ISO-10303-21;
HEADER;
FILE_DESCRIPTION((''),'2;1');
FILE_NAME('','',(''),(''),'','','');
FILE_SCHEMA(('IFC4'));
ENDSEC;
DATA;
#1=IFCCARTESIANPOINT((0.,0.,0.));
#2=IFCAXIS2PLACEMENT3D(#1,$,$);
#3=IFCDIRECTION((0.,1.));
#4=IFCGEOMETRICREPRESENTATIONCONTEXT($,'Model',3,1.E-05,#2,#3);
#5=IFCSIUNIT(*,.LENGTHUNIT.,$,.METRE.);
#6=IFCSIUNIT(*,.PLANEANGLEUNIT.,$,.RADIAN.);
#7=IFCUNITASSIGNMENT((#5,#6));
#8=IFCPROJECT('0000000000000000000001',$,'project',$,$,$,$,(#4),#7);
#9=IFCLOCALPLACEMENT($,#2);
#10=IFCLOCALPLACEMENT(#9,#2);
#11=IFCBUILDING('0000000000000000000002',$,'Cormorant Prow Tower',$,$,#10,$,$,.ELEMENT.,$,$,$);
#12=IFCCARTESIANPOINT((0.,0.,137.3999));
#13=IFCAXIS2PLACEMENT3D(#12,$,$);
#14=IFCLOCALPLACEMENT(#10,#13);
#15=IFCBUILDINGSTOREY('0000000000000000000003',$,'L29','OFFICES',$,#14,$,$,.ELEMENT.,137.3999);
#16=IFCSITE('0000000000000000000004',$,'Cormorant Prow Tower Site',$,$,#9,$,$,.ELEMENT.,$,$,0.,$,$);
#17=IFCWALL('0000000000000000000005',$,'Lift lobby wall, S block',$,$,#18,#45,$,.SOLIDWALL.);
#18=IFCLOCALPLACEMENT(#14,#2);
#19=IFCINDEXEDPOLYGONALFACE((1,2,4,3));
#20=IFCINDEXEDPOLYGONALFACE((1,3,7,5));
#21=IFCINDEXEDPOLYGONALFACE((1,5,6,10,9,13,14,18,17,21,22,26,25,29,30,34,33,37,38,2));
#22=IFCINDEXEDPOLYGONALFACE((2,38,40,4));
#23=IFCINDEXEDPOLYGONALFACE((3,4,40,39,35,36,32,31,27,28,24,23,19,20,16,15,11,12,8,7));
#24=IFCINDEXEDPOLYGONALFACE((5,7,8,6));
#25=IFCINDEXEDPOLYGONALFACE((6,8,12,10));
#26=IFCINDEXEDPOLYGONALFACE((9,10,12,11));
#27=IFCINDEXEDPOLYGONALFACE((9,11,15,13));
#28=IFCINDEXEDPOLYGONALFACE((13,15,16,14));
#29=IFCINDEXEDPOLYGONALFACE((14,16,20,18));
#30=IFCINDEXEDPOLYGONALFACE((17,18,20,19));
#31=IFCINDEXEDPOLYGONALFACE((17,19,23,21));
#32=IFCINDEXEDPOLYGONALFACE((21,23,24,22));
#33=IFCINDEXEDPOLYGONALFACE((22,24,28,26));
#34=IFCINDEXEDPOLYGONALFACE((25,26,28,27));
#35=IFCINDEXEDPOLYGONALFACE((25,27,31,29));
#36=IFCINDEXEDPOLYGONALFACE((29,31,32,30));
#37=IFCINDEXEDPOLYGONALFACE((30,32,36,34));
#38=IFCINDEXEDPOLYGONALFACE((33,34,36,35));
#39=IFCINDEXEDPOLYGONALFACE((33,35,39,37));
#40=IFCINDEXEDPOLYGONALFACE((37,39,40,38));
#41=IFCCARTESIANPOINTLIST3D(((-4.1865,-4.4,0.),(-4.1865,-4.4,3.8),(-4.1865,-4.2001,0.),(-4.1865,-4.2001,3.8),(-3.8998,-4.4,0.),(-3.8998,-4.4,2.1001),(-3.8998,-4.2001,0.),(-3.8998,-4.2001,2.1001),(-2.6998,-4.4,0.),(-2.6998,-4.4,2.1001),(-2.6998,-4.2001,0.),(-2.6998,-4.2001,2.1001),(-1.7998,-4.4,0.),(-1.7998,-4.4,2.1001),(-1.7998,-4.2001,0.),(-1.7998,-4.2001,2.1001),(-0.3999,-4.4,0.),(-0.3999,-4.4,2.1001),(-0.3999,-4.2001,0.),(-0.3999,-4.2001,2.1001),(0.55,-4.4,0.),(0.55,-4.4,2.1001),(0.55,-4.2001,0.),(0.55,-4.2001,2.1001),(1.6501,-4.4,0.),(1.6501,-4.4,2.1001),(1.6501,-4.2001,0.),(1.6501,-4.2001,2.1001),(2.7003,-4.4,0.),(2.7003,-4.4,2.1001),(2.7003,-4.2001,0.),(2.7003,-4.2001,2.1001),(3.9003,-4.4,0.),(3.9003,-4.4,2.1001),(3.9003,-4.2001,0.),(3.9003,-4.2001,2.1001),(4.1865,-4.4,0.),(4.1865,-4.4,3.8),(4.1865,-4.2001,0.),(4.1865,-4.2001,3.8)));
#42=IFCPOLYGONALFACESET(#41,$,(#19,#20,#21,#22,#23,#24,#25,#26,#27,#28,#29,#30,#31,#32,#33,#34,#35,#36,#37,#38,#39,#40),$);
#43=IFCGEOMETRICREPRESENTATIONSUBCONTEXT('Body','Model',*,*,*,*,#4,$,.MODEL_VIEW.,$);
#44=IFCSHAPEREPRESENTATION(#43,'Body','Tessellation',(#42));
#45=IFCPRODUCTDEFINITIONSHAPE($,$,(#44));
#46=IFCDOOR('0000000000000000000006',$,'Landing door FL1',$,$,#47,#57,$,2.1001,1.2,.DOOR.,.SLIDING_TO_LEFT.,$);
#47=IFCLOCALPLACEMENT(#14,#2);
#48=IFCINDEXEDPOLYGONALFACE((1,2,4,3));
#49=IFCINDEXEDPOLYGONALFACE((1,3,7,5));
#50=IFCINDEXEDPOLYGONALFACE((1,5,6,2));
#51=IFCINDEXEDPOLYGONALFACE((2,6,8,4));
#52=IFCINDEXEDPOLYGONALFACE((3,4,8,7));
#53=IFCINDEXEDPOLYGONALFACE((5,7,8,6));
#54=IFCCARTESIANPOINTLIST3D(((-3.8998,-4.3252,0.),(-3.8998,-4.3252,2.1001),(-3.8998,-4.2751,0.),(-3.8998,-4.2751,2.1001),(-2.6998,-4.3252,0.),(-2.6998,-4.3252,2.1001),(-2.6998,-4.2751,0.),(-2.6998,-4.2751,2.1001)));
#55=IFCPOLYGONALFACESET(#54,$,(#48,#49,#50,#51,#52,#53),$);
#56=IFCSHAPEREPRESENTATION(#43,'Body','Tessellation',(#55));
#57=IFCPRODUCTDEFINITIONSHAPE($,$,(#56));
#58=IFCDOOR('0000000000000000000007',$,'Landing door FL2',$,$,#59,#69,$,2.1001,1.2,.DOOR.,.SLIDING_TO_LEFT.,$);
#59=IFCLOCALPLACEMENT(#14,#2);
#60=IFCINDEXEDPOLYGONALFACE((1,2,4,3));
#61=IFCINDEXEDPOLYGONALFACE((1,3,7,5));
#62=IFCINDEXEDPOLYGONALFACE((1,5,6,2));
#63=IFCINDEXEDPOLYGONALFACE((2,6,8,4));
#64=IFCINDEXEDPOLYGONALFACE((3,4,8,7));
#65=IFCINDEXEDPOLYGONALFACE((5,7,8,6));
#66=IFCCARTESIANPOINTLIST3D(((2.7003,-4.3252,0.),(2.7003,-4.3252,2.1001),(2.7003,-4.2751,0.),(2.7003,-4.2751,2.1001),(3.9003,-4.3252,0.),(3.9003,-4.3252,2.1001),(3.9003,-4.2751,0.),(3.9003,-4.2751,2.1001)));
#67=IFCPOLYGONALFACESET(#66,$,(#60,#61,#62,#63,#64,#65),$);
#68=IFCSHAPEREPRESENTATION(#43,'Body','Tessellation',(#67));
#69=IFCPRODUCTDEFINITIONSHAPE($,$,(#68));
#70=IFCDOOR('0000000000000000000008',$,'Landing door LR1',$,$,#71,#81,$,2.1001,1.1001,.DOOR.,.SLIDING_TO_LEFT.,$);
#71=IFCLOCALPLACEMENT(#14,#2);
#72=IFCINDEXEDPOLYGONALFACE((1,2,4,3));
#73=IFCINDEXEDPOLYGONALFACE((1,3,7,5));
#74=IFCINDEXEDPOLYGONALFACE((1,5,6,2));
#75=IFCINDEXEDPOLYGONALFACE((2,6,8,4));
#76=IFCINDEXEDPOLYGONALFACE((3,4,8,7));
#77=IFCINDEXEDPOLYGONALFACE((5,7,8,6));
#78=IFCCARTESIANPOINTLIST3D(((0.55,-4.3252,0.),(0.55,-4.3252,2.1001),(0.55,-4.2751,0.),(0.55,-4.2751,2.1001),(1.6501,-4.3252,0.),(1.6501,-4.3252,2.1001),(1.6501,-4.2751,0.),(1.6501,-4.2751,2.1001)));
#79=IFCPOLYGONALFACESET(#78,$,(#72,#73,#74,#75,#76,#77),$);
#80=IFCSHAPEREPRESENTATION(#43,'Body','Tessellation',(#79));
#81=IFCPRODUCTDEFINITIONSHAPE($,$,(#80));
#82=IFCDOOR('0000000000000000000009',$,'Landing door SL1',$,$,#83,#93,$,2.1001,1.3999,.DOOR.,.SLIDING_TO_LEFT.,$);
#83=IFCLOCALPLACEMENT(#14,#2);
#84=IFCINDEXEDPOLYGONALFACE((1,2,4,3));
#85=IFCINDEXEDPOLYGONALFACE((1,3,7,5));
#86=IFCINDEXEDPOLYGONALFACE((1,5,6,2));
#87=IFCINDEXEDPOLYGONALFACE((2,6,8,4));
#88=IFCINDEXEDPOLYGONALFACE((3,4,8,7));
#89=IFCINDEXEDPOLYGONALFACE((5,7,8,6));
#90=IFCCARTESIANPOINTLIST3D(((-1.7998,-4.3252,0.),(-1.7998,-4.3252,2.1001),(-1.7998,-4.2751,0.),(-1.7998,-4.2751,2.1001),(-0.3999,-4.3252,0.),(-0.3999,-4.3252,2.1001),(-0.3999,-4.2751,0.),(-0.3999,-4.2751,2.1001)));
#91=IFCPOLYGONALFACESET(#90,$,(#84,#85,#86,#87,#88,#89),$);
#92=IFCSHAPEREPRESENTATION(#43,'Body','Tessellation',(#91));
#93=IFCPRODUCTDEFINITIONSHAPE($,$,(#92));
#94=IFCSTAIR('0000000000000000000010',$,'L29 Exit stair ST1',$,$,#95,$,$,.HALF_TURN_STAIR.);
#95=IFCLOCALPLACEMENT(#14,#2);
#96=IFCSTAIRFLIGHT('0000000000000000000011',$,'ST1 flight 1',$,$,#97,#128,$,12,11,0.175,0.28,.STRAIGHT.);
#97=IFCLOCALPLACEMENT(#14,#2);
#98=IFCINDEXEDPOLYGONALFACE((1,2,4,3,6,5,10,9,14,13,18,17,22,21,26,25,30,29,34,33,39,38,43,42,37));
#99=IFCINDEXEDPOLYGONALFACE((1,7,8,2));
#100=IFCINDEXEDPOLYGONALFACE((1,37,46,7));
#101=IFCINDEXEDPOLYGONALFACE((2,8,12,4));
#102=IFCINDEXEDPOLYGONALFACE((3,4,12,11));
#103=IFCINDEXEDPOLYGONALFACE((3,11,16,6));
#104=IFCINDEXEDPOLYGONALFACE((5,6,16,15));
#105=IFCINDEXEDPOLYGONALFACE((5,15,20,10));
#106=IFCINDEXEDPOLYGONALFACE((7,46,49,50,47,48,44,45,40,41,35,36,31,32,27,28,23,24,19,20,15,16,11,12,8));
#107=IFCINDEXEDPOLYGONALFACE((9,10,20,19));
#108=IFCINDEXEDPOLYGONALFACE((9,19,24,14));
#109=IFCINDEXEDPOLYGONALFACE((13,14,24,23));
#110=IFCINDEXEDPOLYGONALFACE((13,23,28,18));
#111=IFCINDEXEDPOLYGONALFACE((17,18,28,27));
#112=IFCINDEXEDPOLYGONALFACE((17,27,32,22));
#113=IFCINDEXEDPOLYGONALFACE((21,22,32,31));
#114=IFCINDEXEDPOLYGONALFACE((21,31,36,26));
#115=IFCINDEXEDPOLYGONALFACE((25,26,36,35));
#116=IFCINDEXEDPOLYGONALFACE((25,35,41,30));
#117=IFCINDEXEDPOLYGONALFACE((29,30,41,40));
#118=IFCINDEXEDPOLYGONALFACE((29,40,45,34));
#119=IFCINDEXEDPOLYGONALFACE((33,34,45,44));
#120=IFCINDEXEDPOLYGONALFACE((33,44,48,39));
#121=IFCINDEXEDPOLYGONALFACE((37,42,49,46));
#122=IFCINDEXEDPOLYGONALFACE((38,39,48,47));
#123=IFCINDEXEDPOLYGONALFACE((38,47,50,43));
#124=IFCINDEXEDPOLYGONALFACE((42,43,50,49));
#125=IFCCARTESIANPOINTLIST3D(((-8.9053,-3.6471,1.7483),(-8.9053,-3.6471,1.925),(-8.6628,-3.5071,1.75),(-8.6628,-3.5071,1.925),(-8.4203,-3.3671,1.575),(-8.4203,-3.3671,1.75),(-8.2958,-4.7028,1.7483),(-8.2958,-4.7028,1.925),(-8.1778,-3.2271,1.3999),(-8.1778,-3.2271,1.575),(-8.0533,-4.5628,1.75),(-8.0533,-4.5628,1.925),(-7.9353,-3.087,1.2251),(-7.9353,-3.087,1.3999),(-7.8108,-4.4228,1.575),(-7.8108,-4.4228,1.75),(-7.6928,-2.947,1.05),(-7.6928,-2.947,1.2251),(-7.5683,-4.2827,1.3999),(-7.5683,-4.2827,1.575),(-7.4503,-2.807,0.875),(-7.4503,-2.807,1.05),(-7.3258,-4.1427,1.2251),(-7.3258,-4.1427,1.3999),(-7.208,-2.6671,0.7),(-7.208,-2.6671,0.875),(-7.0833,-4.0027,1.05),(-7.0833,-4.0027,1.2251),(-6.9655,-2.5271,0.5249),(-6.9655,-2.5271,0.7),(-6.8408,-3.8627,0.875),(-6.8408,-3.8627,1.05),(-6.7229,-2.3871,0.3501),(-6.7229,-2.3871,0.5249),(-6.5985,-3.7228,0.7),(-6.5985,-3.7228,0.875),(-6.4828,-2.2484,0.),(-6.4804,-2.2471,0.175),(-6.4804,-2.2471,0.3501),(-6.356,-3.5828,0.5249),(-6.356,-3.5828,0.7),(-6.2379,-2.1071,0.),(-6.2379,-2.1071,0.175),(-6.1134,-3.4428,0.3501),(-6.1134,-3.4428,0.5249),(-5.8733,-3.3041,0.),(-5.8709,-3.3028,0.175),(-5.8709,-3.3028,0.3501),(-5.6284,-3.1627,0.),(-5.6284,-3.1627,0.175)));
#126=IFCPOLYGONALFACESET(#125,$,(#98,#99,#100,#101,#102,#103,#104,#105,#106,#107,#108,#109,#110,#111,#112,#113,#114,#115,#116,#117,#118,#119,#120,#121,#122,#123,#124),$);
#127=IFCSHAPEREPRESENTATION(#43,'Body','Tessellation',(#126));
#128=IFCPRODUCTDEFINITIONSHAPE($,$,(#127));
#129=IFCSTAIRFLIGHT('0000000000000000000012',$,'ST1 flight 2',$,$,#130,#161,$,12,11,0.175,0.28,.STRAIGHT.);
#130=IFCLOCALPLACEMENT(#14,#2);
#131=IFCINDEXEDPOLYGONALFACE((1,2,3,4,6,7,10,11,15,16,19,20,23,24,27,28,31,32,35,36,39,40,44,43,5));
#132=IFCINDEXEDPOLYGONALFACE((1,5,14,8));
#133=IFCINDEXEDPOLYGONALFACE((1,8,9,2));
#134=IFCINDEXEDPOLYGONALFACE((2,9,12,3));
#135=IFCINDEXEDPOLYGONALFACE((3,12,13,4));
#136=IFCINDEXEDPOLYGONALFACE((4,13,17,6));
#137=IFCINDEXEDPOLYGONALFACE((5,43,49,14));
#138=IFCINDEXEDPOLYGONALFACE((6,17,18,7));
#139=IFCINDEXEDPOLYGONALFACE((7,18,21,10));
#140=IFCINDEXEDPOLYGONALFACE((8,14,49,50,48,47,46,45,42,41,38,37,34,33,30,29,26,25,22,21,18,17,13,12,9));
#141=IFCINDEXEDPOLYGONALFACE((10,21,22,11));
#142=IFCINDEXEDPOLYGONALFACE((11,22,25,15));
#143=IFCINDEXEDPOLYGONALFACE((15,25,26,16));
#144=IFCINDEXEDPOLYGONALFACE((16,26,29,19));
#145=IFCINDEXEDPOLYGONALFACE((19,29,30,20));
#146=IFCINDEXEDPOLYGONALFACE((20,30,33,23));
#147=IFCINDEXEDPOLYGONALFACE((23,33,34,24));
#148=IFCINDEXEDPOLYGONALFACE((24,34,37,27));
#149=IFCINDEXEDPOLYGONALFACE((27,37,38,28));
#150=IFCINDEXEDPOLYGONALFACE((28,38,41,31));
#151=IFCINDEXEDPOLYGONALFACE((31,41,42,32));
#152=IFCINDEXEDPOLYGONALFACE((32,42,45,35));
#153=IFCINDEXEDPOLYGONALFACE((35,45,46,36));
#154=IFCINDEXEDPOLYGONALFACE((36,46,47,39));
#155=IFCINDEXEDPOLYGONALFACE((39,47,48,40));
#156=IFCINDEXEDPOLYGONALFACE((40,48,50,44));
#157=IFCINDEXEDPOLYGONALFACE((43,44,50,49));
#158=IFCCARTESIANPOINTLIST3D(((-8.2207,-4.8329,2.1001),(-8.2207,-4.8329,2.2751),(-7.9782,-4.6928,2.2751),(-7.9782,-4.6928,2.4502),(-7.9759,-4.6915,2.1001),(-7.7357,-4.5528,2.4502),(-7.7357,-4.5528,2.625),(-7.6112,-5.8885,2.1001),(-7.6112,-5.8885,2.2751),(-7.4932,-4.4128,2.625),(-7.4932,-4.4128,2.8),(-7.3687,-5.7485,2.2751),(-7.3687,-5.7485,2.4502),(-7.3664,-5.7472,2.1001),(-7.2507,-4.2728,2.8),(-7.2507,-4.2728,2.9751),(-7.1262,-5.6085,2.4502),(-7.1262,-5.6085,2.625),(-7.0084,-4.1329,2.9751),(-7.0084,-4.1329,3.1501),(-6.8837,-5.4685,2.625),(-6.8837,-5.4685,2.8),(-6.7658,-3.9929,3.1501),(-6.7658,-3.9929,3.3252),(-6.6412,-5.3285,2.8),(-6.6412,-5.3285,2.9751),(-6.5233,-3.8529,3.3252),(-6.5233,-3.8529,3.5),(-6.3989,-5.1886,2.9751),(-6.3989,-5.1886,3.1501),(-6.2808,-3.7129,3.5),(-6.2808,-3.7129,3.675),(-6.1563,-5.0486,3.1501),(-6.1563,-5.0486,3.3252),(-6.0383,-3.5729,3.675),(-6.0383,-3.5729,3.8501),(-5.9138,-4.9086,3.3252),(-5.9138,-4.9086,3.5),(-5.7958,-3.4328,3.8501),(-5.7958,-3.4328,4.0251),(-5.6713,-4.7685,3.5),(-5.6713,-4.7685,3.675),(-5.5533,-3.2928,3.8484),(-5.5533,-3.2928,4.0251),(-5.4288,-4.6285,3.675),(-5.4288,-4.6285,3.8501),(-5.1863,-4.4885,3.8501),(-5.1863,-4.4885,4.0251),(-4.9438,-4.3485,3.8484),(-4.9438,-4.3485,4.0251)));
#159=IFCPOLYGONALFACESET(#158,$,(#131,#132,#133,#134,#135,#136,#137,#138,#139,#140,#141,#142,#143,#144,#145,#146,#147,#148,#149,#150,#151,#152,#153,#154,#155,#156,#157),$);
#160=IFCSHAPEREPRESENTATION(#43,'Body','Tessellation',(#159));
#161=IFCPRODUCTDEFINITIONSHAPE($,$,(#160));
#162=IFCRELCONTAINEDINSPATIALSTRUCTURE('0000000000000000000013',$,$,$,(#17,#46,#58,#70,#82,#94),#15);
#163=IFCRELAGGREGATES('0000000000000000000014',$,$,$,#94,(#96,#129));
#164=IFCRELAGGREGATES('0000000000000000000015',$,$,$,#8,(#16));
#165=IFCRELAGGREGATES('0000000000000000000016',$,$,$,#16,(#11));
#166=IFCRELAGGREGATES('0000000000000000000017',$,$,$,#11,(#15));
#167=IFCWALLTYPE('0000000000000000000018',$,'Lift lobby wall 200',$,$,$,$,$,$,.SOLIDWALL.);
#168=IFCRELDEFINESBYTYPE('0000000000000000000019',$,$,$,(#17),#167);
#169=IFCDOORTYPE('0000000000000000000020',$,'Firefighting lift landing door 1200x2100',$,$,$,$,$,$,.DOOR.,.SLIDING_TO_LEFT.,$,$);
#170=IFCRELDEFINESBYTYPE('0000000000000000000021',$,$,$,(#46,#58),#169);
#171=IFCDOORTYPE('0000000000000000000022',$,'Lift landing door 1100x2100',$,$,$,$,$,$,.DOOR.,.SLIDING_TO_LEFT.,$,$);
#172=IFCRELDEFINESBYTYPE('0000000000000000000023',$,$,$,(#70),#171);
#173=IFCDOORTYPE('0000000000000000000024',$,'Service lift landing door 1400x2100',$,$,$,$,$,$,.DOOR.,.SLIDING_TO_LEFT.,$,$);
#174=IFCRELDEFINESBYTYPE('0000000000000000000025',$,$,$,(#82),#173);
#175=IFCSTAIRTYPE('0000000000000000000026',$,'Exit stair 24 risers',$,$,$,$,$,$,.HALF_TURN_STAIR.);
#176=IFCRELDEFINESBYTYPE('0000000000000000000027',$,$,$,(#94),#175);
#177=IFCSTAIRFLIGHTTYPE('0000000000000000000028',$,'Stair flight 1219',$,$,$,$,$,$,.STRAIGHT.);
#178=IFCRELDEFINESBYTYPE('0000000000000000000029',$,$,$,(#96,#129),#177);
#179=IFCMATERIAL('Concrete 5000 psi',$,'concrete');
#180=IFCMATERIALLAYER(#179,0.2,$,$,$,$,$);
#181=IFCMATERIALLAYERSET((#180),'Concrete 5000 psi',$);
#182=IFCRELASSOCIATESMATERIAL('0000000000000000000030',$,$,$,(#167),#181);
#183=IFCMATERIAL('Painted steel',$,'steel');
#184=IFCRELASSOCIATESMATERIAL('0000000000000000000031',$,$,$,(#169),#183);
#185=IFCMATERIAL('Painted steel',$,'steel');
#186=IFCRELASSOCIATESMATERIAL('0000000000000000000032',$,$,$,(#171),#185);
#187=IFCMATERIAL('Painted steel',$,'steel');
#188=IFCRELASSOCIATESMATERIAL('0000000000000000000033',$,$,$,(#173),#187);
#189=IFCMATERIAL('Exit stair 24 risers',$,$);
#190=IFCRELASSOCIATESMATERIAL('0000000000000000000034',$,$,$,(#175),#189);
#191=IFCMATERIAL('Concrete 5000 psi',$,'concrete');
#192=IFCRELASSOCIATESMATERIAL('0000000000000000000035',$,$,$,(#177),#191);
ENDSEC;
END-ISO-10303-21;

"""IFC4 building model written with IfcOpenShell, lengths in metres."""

from ifc_helpers import new_model, si_unit, direction, frame, frame_2d, origin, place, context, subcontext, project, spatial, polyline, rectangle, outline, extrude, material, layer, layer_set, type_object, element, fill, aggregate, save


model = new_model("IFC4")

# Units and contexts
model_context = context("Model", 3, precision=1e-05, world=origin(), true_north=direction((0.0, 1.0)))
body_context = subcontext(model_context, "Body", "Model", "MODEL_VIEW")
ifc_project = project(units=[si_unit("LENGTHUNIT", "METRE"), si_unit("PLANEANGLEUNIT", "RADIAN")], contexts=[model_context])

# Site, building, storey
site_placement = place(None, origin())
site = spatial("IfcSite", under=ifc_project, at=site_placement, Name="Cormorant Prow Tower Site", CompositionType="ELEMENT", RefElevation=0.0)
building_placement = place(site_placement, origin())
building = spatial("IfcBuilding", under=site, at=building_placement, Name="Cormorant Prow Tower", CompositionType="ELEMENT")
storey_placement = place(building_placement, frame((0.0, 0.0, 137.3999)))
storey = spatial("IfcBuildingStorey", under=building, at=storey_placement, Name="L29", Description="OFFICES", CompositionType="ELEMENT", Elevation=137.3999)

# Wall, openings, doors
ifc_material_1 = material(Name="Concrete 5000 psi", Category="concrete")
ifc_layer_1 = layer(ifc_material_1, 0.2)
ifc_layer_set_1 = layer_set([ifc_layer_1], Name="Concrete 5000 psi")
wall_type_1 = type_object("IfcWallType", Name="Lift lobby wall 200", PredefinedType="SOLIDWALL", material=ifc_layer_set_1)
wall_1_placement = place(storey_placement, frame((-4.1865, -4.3, 0.0), z_axis=(0.0, 0.0, 1.0), x_axis=(1.0, 0.0, 0.0)))
wall_1 = element("IfcWall", 1, at=wall_1_placement, inside=storey, type_object=wall_type_1, Name="Lift lobby wall, S block", PredefinedType="SOLIDWALL", context=body_context, shape_type="SweptSolid", body=[
    extrude(rectangle(XDim=8.373, YDim=0.2, at=frame_2d((4.1865, 0.0))), origin(), (0.0, 0.0, 1.0), 3.8),
])
opening_1_placement = place(wall_1_placement, frame((0.2866, 0.0, 0.0)))
opening_1 = element("IfcOpeningElement", 2, at=opening_1_placement, cuts=wall_1, PredefinedType="OPENING", context=body_context, shape_type="SweptSolid", body=[
    extrude(rectangle(XDim=1.2, YDim=2.1001, at=frame_2d((0.6001, 1.05))), frame((0.0, 0.1099, 0.0), z_axis=(0.0, -1.0, 0.0), x_axis=(1.0, 0.0, 0.0)), (0.0, 0.0, 1.0), 0.22),
])
opening_2_placement = place(wall_1_placement, frame((2.3867, 0.0, 0.0)))
opening_2 = element("IfcOpeningElement", 3, at=opening_2_placement, cuts=wall_1, PredefinedType="OPENING", context=body_context, shape_type="SweptSolid", body=[
    extrude(rectangle(XDim=1.3999, YDim=2.1001, at=frame_2d((0.7, 1.05))), frame((0.0, 0.1099, 0.0), z_axis=(0.0, -1.0, 0.0), x_axis=(1.0, 0.0, 0.0)), (0.0, 0.0, 1.0), 0.22),
])
opening_3_placement = place(wall_1_placement, frame((4.7366, 0.0, 0.0)))
opening_3 = element("IfcOpeningElement", 4, at=opening_3_placement, cuts=wall_1, PredefinedType="OPENING", context=body_context, shape_type="SweptSolid", body=[
    extrude(rectangle(XDim=1.1001, YDim=2.1001, at=frame_2d((0.55, 1.05))), frame((0.0, 0.1099, 0.0), z_axis=(0.0, -1.0, 0.0), x_axis=(1.0, 0.0, 0.0)), (0.0, 0.0, 1.0), 0.22),
])
opening_4_placement = place(wall_1_placement, frame((6.8867, 0.0, 0.0)))
opening_4 = element("IfcOpeningElement", 5, at=opening_4_placement, cuts=wall_1, PredefinedType="OPENING", context=body_context, shape_type="SweptSolid", body=[
    extrude(rectangle(XDim=1.2, YDim=2.1001, at=frame_2d((0.6001, 1.05))), frame((0.0, 0.1099, 0.0), z_axis=(0.0, -1.0, 0.0), x_axis=(1.0, 0.0, 0.0)), (0.0, 0.0, 1.0), 0.22),
])
ifc_material_2 = material(Name="Painted steel", Category="steel")
door_type_1 = type_object("IfcDoorType", Name="Firefighting lift landing door 1200x2100", OperationType="SLIDING_TO_LEFT", PredefinedType="DOOR", material=ifc_material_2)
door_1_placement = place(opening_1_placement, origin())
door_1 = element("IfcDoor", 6, at=door_1_placement, inside=storey, type_object=door_type_1, Name="Landing door FL1", OperationType="SLIDING_TO_LEFT", OverallHeight=2.1001, OverallWidth=1.2, PredefinedType="DOOR", context=body_context, shape_type="SweptSolid", body=[
    extrude(rectangle(XDim=1.2, YDim=2.1001, at=frame_2d((0.6001, 1.05))), frame((0.0, 0.0249, 0.0), z_axis=(0.0, -1.0, 0.0), x_axis=(1.0, 0.0, 0.0)), (0.0, 0.0, 1.0), 0.05),
])
fill(opening_1, door_1)
door_2_placement = place(opening_4_placement, origin())
door_2 = element("IfcDoor", 7, at=door_2_placement, inside=storey, type_object=door_type_1, Name="Landing door FL2", OperationType="SLIDING_TO_LEFT", OverallHeight=2.1001, OverallWidth=1.2, PredefinedType="DOOR", context=body_context, shape_type="SweptSolid", body=[
    extrude(rectangle(XDim=1.2, YDim=2.1001, at=frame_2d((0.6001, 1.05))), frame((0.0, 0.0249, 0.0), z_axis=(0.0, -1.0, 0.0), x_axis=(1.0, 0.0, 0.0)), (0.0, 0.0, 1.0), 0.05),
])
fill(opening_4, door_2)
ifc_material_3 = material(Name="Painted steel", Category="steel")
door_type_2 = type_object("IfcDoorType", Name="Lift landing door 1100x2100", OperationType="SLIDING_TO_LEFT", PredefinedType="DOOR", material=ifc_material_3)
door_3_placement = place(opening_3_placement, origin())
door_3 = element("IfcDoor", 8, at=door_3_placement, inside=storey, type_object=door_type_2, Name="Landing door LR1", OperationType="SLIDING_TO_LEFT", OverallHeight=2.1001, OverallWidth=1.1001, PredefinedType="DOOR", context=body_context, shape_type="SweptSolid", body=[
    extrude(rectangle(XDim=1.1001, YDim=2.1001, at=frame_2d((0.55, 1.05))), frame((0.0, 0.0249, 0.0), z_axis=(0.0, -1.0, 0.0), x_axis=(1.0, 0.0, 0.0)), (0.0, 0.0, 1.0), 0.05),
])
fill(opening_3, door_3)
ifc_material_4 = material(Name="Painted steel", Category="steel")
door_type_3 = type_object("IfcDoorType", Name="Service lift landing door 1400x2100", OperationType="SLIDING_TO_LEFT", PredefinedType="DOOR", material=ifc_material_4)
door_4_placement = place(opening_2_placement, origin())
door_4 = element("IfcDoor", 9, at=door_4_placement, inside=storey, type_object=door_type_3, Name="Landing door SL1", OperationType="SLIDING_TO_LEFT", OverallHeight=2.1001, OverallWidth=1.3999, PredefinedType="DOOR", context=body_context, shape_type="SweptSolid", body=[
    extrude(rectangle(XDim=1.3999, YDim=2.1001, at=frame_2d((0.7, 1.05))), frame((0.0, 0.0249, 0.0), z_axis=(0.0, -1.0, 0.0), x_axis=(1.0, 0.0, 0.0)), (0.0, 0.0, 1.0), 0.05),
])
fill(opening_2, door_4)

# Stair, stair flights
ifc_material_5 = material(Name="Exit stair 24 risers")
stair_type = type_object("IfcStairType", Name="Exit stair 24 risers", PredefinedType="HALF_TURN_STAIR", material=ifc_material_5)
stair_placement = place(storey_placement, origin())
stair = element("IfcStair", 10, at=stair_placement, inside=storey, type_object=stair_type, Name="L29 Exit stair ST1", PredefinedType="HALF_TURN_STAIR")
ifc_material_6 = material(Name="Concrete 5000 psi", Category="concrete")
stair_flight_type = type_object("IfcStairFlightType", Name="Stair flight 1219", PredefinedType="STRAIGHT", material=ifc_material_6)
stair_flight_1_placement = place(storey_placement, frame((-5.9331, -2.635, 0.0), z_axis=(0.0, 0.0, 1.0), x_axis=(-0.866025, -0.5, 0.0)))
stair_flight_1 = element("IfcStairFlight", 11, at=stair_flight_1_placement, type_object=stair_flight_type, Name="ST1 flight 1", NumberOfRisers=12, NumberOfTreads=11, PredefinedType="STRAIGHT", RiserHeight=0.175, TreadLength=0.28, context=body_context, shape_type="SweptSolid", body=[
    extrude(outline(polyline([(0.0, 0.0), (0.0, 0.175), (0.28, 0.175), (0.28, 0.3501), (0.5601, 0.3501), (0.5601, 0.5249), (0.8401, 0.5249), (0.8401, 0.7), (1.1201, 0.7), (1.1201, 0.875), (1.3999, 0.875), (1.3999, 1.05), (1.6799, 1.05), (1.6799, 1.2251), (1.96, 1.2251), (1.96, 1.3999), (2.24, 1.3999), (2.24, 1.575), (2.52, 1.575), (2.52, 1.75), (2.8, 1.75), (2.8, 1.925), (3.0801, 1.925), (3.0801, 2.1001), (3.0801, 1.7483), (0.2827, 0.0), (0.0, 0.0)])), frame((0.0, 0.6094, 0.0), z_axis=(0.0, -1.0, 0.0), x_axis=(1.0, 0.0, 0.0)), (0.0, 0.0, 1.0), 1.219),
])
stair_flight_2_placement = place(storey_placement, frame((-7.916, -5.3606, 2.1001), z_axis=(0.0, 0.0, 1.0), x_axis=(0.866025, 0.5, 0.0)))
stair_flight_2 = element("IfcStairFlight", 12, at=stair_flight_2_placement, type_object=stair_flight_type, Name="ST1 flight 2", NumberOfRisers=12, NumberOfTreads=11, PredefinedType="STRAIGHT", RiserHeight=0.175, TreadLength=0.28, context=body_context, shape_type="SweptSolid", body=[
    extrude(outline(polyline([(0.0, 0.0), (0.0, 0.175), (0.28, 0.175), (0.28, 0.3501), (0.5601, 0.3501), (0.5601, 0.5249), (0.8401, 0.5249), (0.8401, 0.7), (1.1201, 0.7), (1.1201, 0.875), (1.3999, 0.875), (1.3999, 1.05), (1.6799, 1.05), (1.6799, 1.2251), (1.96, 1.2251), (1.96, 1.3999), (2.24, 1.3999), (2.24, 1.575), (2.52, 1.575), (2.52, 1.75), (2.8, 1.75), (2.8, 1.925), (3.0801, 1.925), (3.0801, 2.1001), (3.0801, 1.7483), (0.2827, 0.0), (0.0, 0.0)])), frame((0.0, 0.6094, 0.0), z_axis=(0.0, -1.0, 0.0), x_axis=(1.0, 0.0, 0.0)), (0.0, 0.0, 1.0), 1.219),
])
aggregate(stair, [stair_flight_1, stair_flight_2])

save(model, "model.ifc")
